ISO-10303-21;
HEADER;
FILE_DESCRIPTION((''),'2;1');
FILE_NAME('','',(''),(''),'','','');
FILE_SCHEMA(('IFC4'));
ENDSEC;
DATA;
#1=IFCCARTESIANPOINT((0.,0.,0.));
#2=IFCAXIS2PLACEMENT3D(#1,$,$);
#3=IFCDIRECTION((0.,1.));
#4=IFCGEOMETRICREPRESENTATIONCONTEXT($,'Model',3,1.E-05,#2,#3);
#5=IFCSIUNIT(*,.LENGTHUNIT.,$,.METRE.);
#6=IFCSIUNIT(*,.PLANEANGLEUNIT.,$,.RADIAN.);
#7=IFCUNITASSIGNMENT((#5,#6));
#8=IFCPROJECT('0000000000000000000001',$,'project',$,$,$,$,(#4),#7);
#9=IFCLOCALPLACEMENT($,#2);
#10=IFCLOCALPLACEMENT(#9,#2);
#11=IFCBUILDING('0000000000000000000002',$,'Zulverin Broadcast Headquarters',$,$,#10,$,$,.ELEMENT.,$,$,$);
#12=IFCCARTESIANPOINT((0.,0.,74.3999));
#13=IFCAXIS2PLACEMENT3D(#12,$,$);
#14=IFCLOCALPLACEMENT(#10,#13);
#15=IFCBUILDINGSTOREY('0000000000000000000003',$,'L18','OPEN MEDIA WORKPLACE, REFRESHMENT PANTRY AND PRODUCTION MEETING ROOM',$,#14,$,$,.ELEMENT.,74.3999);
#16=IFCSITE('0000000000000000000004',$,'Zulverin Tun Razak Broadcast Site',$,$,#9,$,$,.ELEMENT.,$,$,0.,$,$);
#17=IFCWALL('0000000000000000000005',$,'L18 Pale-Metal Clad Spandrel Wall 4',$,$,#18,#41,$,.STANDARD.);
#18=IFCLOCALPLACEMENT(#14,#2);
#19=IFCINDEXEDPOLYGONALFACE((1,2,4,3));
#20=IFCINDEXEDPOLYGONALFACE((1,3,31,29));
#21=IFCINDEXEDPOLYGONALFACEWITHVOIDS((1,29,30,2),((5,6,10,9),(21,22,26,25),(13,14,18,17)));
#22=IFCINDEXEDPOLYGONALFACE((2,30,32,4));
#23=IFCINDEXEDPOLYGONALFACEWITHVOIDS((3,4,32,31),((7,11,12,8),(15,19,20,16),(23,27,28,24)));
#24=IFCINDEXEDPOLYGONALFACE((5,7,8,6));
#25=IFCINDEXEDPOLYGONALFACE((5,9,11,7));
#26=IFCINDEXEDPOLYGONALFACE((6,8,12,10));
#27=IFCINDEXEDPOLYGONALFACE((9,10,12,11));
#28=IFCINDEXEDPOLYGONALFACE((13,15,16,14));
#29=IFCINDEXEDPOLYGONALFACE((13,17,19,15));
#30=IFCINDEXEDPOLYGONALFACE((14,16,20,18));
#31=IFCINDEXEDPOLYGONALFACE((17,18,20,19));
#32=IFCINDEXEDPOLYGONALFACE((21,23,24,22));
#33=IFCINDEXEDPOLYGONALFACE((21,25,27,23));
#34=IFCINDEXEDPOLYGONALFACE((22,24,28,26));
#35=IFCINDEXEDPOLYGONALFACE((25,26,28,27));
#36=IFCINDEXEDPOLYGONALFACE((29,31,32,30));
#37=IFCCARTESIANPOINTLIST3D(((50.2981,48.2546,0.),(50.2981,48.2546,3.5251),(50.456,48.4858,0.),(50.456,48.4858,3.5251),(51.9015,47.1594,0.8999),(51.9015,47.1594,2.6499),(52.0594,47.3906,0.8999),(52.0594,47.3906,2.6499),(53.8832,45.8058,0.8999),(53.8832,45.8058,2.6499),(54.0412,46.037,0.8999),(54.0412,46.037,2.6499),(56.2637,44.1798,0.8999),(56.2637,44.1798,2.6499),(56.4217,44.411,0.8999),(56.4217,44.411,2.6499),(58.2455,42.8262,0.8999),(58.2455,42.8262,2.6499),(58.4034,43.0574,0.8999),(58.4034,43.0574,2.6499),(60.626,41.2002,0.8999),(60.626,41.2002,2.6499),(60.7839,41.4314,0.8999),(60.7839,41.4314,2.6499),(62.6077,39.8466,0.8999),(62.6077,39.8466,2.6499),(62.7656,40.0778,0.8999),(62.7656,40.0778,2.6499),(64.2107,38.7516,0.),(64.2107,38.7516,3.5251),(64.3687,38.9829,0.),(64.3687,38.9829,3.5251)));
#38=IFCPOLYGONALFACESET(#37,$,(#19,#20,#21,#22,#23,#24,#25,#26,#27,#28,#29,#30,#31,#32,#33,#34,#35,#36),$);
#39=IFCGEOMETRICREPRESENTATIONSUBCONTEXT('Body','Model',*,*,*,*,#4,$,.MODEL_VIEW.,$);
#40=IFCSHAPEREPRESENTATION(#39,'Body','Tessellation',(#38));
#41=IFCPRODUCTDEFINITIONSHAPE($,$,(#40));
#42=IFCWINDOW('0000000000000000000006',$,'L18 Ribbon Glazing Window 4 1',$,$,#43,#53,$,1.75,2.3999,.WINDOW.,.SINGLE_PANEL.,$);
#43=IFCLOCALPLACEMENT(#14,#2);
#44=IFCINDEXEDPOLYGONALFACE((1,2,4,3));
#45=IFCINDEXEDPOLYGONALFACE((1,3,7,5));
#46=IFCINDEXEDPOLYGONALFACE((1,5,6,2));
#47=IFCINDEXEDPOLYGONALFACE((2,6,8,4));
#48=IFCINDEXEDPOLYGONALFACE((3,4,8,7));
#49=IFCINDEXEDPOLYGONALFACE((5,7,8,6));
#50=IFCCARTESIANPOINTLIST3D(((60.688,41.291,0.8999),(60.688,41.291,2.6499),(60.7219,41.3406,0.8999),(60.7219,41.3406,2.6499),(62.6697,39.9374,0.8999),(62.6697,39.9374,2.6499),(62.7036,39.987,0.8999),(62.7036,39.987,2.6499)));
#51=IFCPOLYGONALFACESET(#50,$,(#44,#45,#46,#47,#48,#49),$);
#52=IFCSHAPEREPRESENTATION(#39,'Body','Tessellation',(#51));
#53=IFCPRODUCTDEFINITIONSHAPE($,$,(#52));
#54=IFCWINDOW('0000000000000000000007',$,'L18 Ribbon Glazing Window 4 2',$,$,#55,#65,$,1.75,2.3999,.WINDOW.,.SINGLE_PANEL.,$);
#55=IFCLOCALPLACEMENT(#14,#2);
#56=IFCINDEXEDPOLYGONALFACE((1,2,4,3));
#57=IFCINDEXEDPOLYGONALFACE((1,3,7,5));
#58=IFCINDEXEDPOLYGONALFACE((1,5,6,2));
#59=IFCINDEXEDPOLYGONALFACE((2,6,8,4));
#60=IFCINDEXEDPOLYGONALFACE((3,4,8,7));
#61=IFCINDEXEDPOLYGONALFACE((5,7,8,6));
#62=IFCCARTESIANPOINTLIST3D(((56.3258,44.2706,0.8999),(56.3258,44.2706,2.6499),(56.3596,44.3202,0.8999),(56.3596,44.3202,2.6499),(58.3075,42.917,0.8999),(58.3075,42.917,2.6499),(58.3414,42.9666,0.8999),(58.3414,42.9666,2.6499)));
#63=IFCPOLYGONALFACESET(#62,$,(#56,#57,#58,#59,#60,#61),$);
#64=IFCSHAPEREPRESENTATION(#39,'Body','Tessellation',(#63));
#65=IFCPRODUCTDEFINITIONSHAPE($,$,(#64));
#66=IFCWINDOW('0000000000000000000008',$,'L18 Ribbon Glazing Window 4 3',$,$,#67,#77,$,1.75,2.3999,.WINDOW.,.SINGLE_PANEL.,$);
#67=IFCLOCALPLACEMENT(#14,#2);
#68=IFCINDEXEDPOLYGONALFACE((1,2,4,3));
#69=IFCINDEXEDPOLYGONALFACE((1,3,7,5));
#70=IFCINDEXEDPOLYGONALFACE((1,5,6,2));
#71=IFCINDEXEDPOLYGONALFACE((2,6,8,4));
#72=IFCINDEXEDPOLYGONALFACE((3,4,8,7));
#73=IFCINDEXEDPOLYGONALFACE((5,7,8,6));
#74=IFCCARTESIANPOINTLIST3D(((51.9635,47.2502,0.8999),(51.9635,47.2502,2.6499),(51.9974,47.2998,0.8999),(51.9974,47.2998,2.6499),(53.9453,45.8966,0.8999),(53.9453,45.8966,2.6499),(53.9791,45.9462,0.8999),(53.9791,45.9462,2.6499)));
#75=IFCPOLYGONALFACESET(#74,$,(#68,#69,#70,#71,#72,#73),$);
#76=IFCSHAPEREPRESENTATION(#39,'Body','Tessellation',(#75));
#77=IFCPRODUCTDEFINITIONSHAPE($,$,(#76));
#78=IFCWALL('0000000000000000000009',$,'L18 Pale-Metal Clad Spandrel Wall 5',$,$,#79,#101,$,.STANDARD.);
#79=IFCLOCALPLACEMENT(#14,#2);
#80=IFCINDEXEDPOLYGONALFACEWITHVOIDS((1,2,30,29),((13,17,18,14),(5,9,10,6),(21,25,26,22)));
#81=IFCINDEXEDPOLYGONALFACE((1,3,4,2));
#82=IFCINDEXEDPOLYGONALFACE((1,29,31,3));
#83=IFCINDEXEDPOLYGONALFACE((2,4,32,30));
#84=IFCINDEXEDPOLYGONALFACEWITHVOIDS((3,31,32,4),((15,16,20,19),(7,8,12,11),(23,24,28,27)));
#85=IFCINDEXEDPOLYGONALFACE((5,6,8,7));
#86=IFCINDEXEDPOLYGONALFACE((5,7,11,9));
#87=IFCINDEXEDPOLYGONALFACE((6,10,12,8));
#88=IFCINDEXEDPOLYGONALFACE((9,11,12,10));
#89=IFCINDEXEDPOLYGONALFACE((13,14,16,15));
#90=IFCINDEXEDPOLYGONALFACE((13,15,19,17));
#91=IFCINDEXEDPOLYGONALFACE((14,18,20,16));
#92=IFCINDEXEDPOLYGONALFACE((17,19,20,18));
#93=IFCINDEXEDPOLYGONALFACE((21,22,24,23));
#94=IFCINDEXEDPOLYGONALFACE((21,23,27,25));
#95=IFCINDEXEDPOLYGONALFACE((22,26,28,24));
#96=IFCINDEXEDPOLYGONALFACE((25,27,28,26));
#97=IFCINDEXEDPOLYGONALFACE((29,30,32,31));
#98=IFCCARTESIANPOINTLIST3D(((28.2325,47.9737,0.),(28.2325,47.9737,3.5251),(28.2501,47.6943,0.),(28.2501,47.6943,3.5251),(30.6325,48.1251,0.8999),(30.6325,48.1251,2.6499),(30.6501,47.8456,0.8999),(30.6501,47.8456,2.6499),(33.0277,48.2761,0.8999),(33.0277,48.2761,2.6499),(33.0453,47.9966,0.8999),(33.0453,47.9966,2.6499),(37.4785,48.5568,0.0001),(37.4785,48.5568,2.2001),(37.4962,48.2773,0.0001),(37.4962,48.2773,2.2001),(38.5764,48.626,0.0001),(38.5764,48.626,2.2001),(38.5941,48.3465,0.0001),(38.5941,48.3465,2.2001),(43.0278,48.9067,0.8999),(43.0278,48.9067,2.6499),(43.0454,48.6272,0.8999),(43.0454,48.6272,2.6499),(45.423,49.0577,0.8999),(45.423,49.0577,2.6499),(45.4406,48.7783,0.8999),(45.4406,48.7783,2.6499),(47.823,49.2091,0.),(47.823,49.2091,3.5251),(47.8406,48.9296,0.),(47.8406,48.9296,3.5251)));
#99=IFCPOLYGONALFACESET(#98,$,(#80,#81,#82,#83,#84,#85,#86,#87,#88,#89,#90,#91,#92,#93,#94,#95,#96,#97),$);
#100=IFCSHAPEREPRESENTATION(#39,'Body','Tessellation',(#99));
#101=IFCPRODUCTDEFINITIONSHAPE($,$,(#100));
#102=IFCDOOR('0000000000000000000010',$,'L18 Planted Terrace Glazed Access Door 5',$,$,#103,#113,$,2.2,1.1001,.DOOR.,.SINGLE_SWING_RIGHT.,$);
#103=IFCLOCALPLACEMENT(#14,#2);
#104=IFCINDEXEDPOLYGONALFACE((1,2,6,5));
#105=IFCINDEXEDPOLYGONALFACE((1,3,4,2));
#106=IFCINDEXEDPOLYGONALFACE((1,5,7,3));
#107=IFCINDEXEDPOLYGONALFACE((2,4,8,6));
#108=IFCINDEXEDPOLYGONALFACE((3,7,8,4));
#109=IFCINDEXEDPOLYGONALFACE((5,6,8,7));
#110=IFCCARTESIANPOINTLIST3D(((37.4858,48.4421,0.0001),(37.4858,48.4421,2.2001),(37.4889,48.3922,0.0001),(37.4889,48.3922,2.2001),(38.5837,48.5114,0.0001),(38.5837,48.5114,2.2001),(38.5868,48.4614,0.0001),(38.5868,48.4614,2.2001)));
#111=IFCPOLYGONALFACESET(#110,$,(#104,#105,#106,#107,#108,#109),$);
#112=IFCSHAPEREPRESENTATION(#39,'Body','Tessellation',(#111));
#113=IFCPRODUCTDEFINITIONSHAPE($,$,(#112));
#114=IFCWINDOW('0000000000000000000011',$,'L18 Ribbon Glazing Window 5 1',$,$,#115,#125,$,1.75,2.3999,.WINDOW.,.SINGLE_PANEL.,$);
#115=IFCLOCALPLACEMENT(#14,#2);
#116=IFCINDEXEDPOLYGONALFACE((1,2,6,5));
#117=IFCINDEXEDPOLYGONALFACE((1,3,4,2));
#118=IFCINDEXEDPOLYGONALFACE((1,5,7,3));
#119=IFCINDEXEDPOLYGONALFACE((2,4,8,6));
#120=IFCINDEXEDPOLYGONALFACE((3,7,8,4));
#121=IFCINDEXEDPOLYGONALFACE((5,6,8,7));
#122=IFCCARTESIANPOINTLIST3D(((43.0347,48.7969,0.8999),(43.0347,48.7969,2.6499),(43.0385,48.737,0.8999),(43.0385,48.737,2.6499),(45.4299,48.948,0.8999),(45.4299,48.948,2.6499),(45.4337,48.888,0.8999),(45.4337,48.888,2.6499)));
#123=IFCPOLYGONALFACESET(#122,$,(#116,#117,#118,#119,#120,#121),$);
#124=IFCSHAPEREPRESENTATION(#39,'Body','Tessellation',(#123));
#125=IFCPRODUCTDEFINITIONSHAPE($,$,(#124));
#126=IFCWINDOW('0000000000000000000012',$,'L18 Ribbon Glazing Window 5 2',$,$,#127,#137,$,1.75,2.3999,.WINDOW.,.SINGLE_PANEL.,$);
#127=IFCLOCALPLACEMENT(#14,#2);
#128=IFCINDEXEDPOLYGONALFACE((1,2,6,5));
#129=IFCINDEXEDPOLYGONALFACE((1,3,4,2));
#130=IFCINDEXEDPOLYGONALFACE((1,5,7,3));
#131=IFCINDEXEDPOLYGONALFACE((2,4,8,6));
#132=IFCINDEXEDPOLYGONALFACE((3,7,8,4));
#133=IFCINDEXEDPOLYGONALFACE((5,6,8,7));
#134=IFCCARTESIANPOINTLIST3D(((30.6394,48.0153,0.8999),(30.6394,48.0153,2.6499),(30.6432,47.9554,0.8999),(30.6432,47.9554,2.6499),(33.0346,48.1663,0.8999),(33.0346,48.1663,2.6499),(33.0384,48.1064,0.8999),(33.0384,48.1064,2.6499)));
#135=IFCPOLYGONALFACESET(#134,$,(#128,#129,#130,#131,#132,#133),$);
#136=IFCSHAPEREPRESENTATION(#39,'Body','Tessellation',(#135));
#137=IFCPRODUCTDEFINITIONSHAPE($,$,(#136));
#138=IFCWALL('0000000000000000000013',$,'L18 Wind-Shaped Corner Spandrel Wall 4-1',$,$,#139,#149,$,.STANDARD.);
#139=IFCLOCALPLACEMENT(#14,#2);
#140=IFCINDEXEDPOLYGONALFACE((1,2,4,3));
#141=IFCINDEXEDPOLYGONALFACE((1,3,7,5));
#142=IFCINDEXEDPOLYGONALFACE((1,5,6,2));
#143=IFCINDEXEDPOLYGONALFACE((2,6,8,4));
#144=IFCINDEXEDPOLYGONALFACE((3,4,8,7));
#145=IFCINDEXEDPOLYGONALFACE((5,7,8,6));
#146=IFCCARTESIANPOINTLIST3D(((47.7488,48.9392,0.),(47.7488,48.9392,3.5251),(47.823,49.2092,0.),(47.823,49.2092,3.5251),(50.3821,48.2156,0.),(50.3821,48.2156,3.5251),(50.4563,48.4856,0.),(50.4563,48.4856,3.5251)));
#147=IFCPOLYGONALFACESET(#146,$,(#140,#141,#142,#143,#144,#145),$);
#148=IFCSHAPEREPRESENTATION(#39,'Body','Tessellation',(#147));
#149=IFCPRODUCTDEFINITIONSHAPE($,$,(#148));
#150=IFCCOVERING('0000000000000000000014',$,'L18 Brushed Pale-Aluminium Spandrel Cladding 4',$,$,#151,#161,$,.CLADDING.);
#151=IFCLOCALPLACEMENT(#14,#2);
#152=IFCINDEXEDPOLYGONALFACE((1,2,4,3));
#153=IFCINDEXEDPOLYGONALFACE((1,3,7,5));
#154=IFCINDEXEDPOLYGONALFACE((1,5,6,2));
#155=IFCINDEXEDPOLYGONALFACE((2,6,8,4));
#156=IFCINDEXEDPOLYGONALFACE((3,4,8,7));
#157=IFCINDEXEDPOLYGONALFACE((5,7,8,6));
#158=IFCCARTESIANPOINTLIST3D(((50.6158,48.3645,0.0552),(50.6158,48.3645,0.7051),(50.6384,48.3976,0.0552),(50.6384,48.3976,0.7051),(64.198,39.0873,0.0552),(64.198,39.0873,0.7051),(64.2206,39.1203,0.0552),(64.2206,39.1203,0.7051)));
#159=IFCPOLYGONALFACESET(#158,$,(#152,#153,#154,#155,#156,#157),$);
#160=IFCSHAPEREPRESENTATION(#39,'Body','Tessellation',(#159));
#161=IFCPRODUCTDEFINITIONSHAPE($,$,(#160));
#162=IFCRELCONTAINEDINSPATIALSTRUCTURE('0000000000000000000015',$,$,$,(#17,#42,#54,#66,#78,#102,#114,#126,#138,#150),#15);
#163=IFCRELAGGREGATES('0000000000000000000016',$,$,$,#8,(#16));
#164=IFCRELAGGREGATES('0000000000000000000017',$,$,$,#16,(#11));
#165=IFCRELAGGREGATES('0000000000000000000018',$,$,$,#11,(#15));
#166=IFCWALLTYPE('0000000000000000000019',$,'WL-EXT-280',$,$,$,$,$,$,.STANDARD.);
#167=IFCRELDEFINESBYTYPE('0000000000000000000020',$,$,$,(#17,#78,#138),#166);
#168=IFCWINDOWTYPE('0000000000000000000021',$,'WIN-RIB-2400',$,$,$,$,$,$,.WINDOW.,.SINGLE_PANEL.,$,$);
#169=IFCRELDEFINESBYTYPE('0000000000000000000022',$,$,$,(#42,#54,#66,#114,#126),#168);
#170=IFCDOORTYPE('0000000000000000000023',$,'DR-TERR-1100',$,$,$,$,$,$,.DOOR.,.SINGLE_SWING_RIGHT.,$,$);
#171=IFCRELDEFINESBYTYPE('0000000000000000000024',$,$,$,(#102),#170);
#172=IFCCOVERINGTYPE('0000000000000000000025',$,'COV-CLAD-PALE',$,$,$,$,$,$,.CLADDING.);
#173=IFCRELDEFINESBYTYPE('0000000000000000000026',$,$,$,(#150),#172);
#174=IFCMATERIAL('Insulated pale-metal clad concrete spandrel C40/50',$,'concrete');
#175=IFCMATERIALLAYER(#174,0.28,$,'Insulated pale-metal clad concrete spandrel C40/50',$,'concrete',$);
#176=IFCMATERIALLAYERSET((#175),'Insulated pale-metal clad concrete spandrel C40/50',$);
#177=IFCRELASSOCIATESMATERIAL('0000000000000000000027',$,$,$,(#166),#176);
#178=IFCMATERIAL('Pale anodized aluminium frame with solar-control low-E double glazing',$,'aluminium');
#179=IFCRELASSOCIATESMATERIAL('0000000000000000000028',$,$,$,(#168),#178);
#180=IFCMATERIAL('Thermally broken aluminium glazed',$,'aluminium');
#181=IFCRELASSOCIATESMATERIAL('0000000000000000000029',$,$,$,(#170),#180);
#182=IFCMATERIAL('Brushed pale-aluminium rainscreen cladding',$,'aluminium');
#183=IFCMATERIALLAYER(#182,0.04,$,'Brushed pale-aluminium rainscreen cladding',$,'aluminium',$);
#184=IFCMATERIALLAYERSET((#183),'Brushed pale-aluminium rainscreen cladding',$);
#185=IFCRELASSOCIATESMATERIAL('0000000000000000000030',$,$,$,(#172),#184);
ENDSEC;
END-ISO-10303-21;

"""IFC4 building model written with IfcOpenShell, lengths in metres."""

from ifc_helpers import new_model, si_unit, direction, frame, frame_2d, origin, origin_2d, place, context, subcontext, project, spatial, rectangle, extrude, material, layer, layer_set, type_object, element, fill, save


model = new_model("IFC4")

# Units and contexts
model_context = context("Model", 3, precision=1e-05, world=origin(), true_north=direction((0.0, 1.0)))
body_context = subcontext(model_context, "Body", "Model", "MODEL_VIEW")
ifc_project = project(units=[si_unit("LENGTHUNIT", "METRE"), si_unit("PLANEANGLEUNIT", "RADIAN")], contexts=[model_context])

# Site, building, storey
site_placement = place(None, origin())
site = spatial("IfcSite", under=ifc_project, at=site_placement, Name="Zulverin Tun Razak Broadcast Site", CompositionType="ELEMENT", RefElevation=0.0)
building_placement = place(site_placement, origin())
building = spatial("IfcBuilding", under=site, at=building_placement, Name="Zulverin Broadcast Headquarters", CompositionType="ELEMENT")
storey_placement = place(building_placement, frame((0.0, 0.0, 74.3999)))
storey = spatial("IfcBuildingStorey", under=building, at=storey_placement, Name="L18", Description="OPEN MEDIA WORKPLACE, REFRESHMENT PANTRY AND PRODUCTION MEETING ROOM", CompositionType="ELEMENT", Elevation=74.3999)

# Wall, openings, windows
ifc_material_1 = material(Name="Insulated pale-metal clad concrete spandrel C40/50", Category="concrete")
ifc_layer_1 = layer(ifc_material_1, 0.28, Name="Insulated pale-metal clad concrete spandrel C40/50", Category="concrete")
ifc_layer_set_1 = layer_set([ifc_layer_1], Name="Insulated pale-metal clad concrete spandrel C40/50")
wall_type = type_object("IfcWallType", Name="WL-EXT-280", PredefinedType="STANDARD", material=ifc_layer_set_1)
wall_1_placement = place(storey_placement, frame((64.2898, 38.8672, 0.0), z_axis=(0.0, 0.0, 1.0), x_axis=(-0.825756, 0.564028, 0.0)))
wall_1 = element("IfcWall", 1, at=wall_1_placement, inside=storey, type_object=wall_type, Name="L18 Pale-Metal Clad Spandrel Wall 4", PredefinedType="STANDARD", context=body_context, shape_type="SweptSolid", body=[
    extrude(rectangle(XDim=16.8484, YDim=0.28, at=frame_2d((8.4243, 0.0))), origin(), (0.0, 0.0, 1.0), 3.5251),
])
opening_1_placement = place(wall_1_placement, frame((1.9414, 0.0, 0.8999)))
opening_1 = element("IfcOpeningElement", 2, at=opening_1_placement, cuts=wall_1, PredefinedType="OPENING", context=body_context, shape_type="SweptSolid", body=[
    extrude(rectangle(XDim=2.3999, YDim=1.75, at=frame_2d((1.2, 0.875))), frame((0.0, 0.1499, 0.0), z_axis=(0.0, -1.0, 0.0), x_axis=(1.0, 0.0, 0.0)), (0.0, 0.0, 1.0), 0.3),
])
opening_2_placement = place(wall_1_placement, frame((7.2241, 0.0, 0.8999)))
opening_2 = element("IfcOpeningElement", 3, at=opening_2_placement, cuts=wall_1, PredefinedType="OPENING", context=body_context, shape_type="SweptSolid", body=[
    extrude(rectangle(XDim=2.3999, YDim=1.75, at=frame_2d((1.2, 0.875))), frame((0.0, 0.1499, 0.0), z_axis=(0.0, -1.0, 0.0), x_axis=(1.0, 0.0, 0.0)), (0.0, 0.0, 1.0), 0.3),
])
opening_3_placement = place(wall_1_placement, frame((12.5068, 0.0, 0.8999)))
opening_3 = element("IfcOpeningElement", 4, at=opening_3_placement, cuts=wall_1, PredefinedType="OPENING", context=body_context, shape_type="SweptSolid", body=[
    extrude(rectangle(XDim=2.3999, YDim=1.75, at=frame_2d((1.2, 0.875))), frame((0.0, 0.1499, 0.0), z_axis=(0.0, -1.0, 0.0), x_axis=(1.0, 0.0, 0.0)), (0.0, 0.0, 1.0), 0.3),
])
ifc_material_2 = material(Name="Pale anodized aluminium frame with solar-control low-E double glazing", Category="aluminium")
window_type = type_object("IfcWindowType", Name="WIN-RIB-2400", PartitioningType="SINGLE_PANEL", PredefinedType="WINDOW", material=ifc_material_2)
window_1_placement = place(opening_1_placement, origin())
window_1 = element("IfcWindow", 5, at=window_1_placement, inside=storey, type_object=window_type, Name="L18 Ribbon Glazing Window 4 1", OverallHeight=1.75, OverallWidth=2.3999, PartitioningType="SINGLE_PANEL", PredefinedType="WINDOW", context=body_context, shape_type="SweptSolid", body=[
    extrude(rectangle(XDim=2.3999, YDim=1.75, at=frame_2d((1.2, 0.875))), frame((0.0, 0.03, 0.0), z_axis=(0.0, -1.0, 0.0), x_axis=(1.0, 0.0, 0.0)), (0.0, 0.0, 1.0), 0.0601),
])
fill(opening_1, window_1)
window_2_placement = place(opening_2_placement, origin())
window_2 = element("IfcWindow", 6, at=window_2_placement, inside=storey, type_object=window_type, Name="L18 Ribbon Glazing Window 4 2", OverallHeight=1.75, OverallWidth=2.3999, PartitioningType="SINGLE_PANEL", PredefinedType="WINDOW", context=body_context, shape_type="SweptSolid", body=[
    extrude(rectangle(XDim=2.3999, YDim=1.75, at=frame_2d((1.2, 0.875))), frame((0.0, 0.03, 0.0), z_axis=(0.0, -1.0, 0.0), x_axis=(1.0, 0.0, 0.0)), (0.0, 0.0, 1.0), 0.0601),
])
fill(opening_2, window_2)
window_3_placement = place(opening_3_placement, origin())
window_3 = element("IfcWindow", 7, at=window_3_placement, inside=storey, type_object=window_type, Name="L18 Ribbon Glazing Window 4 3", OverallHeight=1.75, OverallWidth=2.3999, PartitioningType="SINGLE_PANEL", PredefinedType="WINDOW", context=body_context, shape_type="SweptSolid", body=[
    extrude(rectangle(XDim=2.3999, YDim=1.75, at=frame_2d((1.2, 0.875))), frame((0.0, 0.03, 0.0), z_axis=(0.0, -1.0, 0.0), x_axis=(1.0, 0.0, 0.0)), (0.0, 0.0, 1.0), 0.0601),
])
fill(opening_3, window_3)

# Wall, openings, door, windows
wall_2_placement = place(storey_placement, frame((47.8318, 49.0693, 0.0), z_axis=(0.0, 0.0, 1.0), x_axis=(-0.998018, -0.062933, 0.0)))
wall_2 = element("IfcWall", 8, at=wall_2_placement, inside=storey, type_object=wall_type, Name="L18 Pale-Metal Clad Spandrel Wall 5", PredefinedType="STANDARD", context=body_context, shape_type="SweptSolid", body=[
    extrude(rectangle(XDim=19.6294, YDim=0.28, at=frame_2d((9.8147, 0.0))), origin(), (0.0, 0.0, 1.0), 3.5251),
])
opening_4_placement = place(wall_2_placement, frame((9.2649, 0.0, 0.0)))
opening_4 = element("IfcOpeningElement", 9, at=opening_4_placement, cuts=wall_2, PredefinedType="OPENING", context=body_context, shape_type="SweptSolid", body=[
    extrude(rectangle(XDim=1.1001, YDim=2.2, at=frame_2d((0.55, 1.1001))), frame((0.0, 0.1499, 0.0), z_axis=(0.0, -1.0, 0.0), x_axis=(1.0, 0.0, 0.0)), (0.0, 0.0, 1.0), 0.3),
])
opening_5_placement = place(wall_2_placement, frame((2.4048, 0.0, 0.8999)))
opening_5 = element("IfcOpeningElement", 10, at=opening_5_placement, cuts=wall_2, PredefinedType="OPENING", context=body_context, shape_type="SweptSolid", body=[
    extrude(rectangle(XDim=2.3999, YDim=1.75, at=frame_2d((1.2, 0.875))), frame((0.0, 0.1499, 0.0), z_axis=(0.0, -1.0, 0.0), x_axis=(1.0, 0.0, 0.0)), (0.0, 0.0, 1.0), 0.3),
])
opening_6_placement = place(wall_2_placement, frame((14.8247, 0.0, 0.8999)))
opening_6 = element("IfcOpeningElement", 11, at=opening_6_placement, cuts=wall_2, PredefinedType="OPENING", context=body_context, shape_type="SweptSolid", body=[
    extrude(rectangle(XDim=2.3999, YDim=1.75, at=frame_2d((1.2, 0.875))), frame((0.0, 0.1499, 0.0), z_axis=(0.0, -1.0, 0.0), x_axis=(1.0, 0.0, 0.0)), (0.0, 0.0, 1.0), 0.3),
])
ifc_material_3 = material(Name="Thermally broken aluminium glazed", Category="aluminium")
door_type = type_object("IfcDoorType", Name="DR-TERR-1100", OperationType="SINGLE_SWING_RIGHT", PredefinedType="DOOR", material=ifc_material_3)
door_placement = place(opening_4_placement, origin())
door = element("IfcDoor", 12, at=door_placement, inside=storey, type_object=door_type, Name="L18 Planted Terrace Glazed Access Door 5", OperationType="SINGLE_SWING_RIGHT", OverallHeight=2.2, OverallWidth=1.1001, PredefinedType="DOOR", context=body_context, shape_type="SweptSolid", body=[
    extrude(rectangle(XDim=1.1001, YDim=2.2, at=frame_2d((0.55, 1.1001))), frame((0.0, 0.0249, 0.0), z_axis=(0.0, -1.0, 0.0), x_axis=(1.0, 0.0, 0.0)), (0.0, 0.0, 1.0), 0.05),
])
fill(opening_4, door)
window_4_placement = place(opening_5_placement, origin())
window_4 = element("IfcWindow", 13, at=window_4_placement, inside=storey, type_object=window_type, Name="L18 Ribbon Glazing Window 5 1", OverallHeight=1.75, OverallWidth=2.3999, PartitioningType="SINGLE_PANEL", PredefinedType="WINDOW", context=body_context, shape_type="SweptSolid", body=[
    extrude(rectangle(XDim=2.3999, YDim=1.75, at=frame_2d((1.2, 0.875))), frame((0.0, 0.03, 0.0), z_axis=(0.0, -1.0, 0.0), x_axis=(1.0, 0.0, 0.0)), (0.0, 0.0, 1.0), 0.0601),
])
fill(opening_5, window_4)
window_5_placement = place(opening_6_placement, origin())
window_5 = element("IfcWindow", 14, at=window_5_placement, inside=storey, type_object=window_type, Name="L18 Ribbon Glazing Window 5 2", OverallHeight=1.75, OverallWidth=2.3999, PartitioningType="SINGLE_PANEL", PredefinedType="WINDOW", context=body_context, shape_type="SweptSolid", body=[
    extrude(rectangle(XDim=2.3999, YDim=1.75, at=frame_2d((1.2, 0.875))), frame((0.0, 0.03, 0.0), z_axis=(0.0, -1.0, 0.0), x_axis=(1.0, 0.0, 0.0)), (0.0, 0.0, 1.0), 0.0601),
])
fill(opening_6, window_5)

# Wall
wall_3_placement = place(storey_placement, frame((50.4192, 48.3506, 0.0), z_axis=(0.0, 0.0, 1.0), x_axis=(-0.964255, 0.264978, 0.0)))
element("IfcWall", 15, at=wall_3_placement, inside=storey, type_object=wall_type, Name="L18 Wind-Shaped Corner Spandrel Wall 4-1", PredefinedType="STANDARD", context=body_context, shape_type="SweptSolid", body=[
    extrude(rectangle(XDim=2.731, YDim=0.28, at=frame_2d((1.3655, 0.0))), origin(), (0.0, 0.0, 1.0), 3.5251),
])

# Covering
ifc_material_4 = material(Name="Brushed pale-aluminium rainscreen cladding", Category="aluminium")
ifc_layer_2 = layer(ifc_material_4, 0.04, Name="Brushed pale-aluminium rainscreen cladding", Category="aluminium")
ifc_layer_set_2 = layer_set([ifc_layer_2], Name="Brushed pale-aluminium rainscreen cladding")
covering_type = type_object("IfcCoveringType", Name="COV-CLAD-PALE", PredefinedType="CLADDING", material=ifc_layer_set_2)
covering_placement = place(storey_placement, frame((57.4182, 43.7424, 0.0552), z_axis=(0.0, 0.0, 1.0), x_axis=(-0.825757, 0.564026, 0.0)))
element("IfcCovering", 16, at=covering_placement, inside=storey, type_object=covering_type, Name="L18 Brushed Pale-Aluminium Spandrel Cladding 4", PredefinedType="CLADDING", context=body_context, shape_type="SweptSolid", body=[
    extrude(rectangle(XDim=16.4482, YDim=0.04, at=origin_2d()), origin(), (0.0, 0.0, 1.0), 0.6499),
])

save(model, "model.ifc")
